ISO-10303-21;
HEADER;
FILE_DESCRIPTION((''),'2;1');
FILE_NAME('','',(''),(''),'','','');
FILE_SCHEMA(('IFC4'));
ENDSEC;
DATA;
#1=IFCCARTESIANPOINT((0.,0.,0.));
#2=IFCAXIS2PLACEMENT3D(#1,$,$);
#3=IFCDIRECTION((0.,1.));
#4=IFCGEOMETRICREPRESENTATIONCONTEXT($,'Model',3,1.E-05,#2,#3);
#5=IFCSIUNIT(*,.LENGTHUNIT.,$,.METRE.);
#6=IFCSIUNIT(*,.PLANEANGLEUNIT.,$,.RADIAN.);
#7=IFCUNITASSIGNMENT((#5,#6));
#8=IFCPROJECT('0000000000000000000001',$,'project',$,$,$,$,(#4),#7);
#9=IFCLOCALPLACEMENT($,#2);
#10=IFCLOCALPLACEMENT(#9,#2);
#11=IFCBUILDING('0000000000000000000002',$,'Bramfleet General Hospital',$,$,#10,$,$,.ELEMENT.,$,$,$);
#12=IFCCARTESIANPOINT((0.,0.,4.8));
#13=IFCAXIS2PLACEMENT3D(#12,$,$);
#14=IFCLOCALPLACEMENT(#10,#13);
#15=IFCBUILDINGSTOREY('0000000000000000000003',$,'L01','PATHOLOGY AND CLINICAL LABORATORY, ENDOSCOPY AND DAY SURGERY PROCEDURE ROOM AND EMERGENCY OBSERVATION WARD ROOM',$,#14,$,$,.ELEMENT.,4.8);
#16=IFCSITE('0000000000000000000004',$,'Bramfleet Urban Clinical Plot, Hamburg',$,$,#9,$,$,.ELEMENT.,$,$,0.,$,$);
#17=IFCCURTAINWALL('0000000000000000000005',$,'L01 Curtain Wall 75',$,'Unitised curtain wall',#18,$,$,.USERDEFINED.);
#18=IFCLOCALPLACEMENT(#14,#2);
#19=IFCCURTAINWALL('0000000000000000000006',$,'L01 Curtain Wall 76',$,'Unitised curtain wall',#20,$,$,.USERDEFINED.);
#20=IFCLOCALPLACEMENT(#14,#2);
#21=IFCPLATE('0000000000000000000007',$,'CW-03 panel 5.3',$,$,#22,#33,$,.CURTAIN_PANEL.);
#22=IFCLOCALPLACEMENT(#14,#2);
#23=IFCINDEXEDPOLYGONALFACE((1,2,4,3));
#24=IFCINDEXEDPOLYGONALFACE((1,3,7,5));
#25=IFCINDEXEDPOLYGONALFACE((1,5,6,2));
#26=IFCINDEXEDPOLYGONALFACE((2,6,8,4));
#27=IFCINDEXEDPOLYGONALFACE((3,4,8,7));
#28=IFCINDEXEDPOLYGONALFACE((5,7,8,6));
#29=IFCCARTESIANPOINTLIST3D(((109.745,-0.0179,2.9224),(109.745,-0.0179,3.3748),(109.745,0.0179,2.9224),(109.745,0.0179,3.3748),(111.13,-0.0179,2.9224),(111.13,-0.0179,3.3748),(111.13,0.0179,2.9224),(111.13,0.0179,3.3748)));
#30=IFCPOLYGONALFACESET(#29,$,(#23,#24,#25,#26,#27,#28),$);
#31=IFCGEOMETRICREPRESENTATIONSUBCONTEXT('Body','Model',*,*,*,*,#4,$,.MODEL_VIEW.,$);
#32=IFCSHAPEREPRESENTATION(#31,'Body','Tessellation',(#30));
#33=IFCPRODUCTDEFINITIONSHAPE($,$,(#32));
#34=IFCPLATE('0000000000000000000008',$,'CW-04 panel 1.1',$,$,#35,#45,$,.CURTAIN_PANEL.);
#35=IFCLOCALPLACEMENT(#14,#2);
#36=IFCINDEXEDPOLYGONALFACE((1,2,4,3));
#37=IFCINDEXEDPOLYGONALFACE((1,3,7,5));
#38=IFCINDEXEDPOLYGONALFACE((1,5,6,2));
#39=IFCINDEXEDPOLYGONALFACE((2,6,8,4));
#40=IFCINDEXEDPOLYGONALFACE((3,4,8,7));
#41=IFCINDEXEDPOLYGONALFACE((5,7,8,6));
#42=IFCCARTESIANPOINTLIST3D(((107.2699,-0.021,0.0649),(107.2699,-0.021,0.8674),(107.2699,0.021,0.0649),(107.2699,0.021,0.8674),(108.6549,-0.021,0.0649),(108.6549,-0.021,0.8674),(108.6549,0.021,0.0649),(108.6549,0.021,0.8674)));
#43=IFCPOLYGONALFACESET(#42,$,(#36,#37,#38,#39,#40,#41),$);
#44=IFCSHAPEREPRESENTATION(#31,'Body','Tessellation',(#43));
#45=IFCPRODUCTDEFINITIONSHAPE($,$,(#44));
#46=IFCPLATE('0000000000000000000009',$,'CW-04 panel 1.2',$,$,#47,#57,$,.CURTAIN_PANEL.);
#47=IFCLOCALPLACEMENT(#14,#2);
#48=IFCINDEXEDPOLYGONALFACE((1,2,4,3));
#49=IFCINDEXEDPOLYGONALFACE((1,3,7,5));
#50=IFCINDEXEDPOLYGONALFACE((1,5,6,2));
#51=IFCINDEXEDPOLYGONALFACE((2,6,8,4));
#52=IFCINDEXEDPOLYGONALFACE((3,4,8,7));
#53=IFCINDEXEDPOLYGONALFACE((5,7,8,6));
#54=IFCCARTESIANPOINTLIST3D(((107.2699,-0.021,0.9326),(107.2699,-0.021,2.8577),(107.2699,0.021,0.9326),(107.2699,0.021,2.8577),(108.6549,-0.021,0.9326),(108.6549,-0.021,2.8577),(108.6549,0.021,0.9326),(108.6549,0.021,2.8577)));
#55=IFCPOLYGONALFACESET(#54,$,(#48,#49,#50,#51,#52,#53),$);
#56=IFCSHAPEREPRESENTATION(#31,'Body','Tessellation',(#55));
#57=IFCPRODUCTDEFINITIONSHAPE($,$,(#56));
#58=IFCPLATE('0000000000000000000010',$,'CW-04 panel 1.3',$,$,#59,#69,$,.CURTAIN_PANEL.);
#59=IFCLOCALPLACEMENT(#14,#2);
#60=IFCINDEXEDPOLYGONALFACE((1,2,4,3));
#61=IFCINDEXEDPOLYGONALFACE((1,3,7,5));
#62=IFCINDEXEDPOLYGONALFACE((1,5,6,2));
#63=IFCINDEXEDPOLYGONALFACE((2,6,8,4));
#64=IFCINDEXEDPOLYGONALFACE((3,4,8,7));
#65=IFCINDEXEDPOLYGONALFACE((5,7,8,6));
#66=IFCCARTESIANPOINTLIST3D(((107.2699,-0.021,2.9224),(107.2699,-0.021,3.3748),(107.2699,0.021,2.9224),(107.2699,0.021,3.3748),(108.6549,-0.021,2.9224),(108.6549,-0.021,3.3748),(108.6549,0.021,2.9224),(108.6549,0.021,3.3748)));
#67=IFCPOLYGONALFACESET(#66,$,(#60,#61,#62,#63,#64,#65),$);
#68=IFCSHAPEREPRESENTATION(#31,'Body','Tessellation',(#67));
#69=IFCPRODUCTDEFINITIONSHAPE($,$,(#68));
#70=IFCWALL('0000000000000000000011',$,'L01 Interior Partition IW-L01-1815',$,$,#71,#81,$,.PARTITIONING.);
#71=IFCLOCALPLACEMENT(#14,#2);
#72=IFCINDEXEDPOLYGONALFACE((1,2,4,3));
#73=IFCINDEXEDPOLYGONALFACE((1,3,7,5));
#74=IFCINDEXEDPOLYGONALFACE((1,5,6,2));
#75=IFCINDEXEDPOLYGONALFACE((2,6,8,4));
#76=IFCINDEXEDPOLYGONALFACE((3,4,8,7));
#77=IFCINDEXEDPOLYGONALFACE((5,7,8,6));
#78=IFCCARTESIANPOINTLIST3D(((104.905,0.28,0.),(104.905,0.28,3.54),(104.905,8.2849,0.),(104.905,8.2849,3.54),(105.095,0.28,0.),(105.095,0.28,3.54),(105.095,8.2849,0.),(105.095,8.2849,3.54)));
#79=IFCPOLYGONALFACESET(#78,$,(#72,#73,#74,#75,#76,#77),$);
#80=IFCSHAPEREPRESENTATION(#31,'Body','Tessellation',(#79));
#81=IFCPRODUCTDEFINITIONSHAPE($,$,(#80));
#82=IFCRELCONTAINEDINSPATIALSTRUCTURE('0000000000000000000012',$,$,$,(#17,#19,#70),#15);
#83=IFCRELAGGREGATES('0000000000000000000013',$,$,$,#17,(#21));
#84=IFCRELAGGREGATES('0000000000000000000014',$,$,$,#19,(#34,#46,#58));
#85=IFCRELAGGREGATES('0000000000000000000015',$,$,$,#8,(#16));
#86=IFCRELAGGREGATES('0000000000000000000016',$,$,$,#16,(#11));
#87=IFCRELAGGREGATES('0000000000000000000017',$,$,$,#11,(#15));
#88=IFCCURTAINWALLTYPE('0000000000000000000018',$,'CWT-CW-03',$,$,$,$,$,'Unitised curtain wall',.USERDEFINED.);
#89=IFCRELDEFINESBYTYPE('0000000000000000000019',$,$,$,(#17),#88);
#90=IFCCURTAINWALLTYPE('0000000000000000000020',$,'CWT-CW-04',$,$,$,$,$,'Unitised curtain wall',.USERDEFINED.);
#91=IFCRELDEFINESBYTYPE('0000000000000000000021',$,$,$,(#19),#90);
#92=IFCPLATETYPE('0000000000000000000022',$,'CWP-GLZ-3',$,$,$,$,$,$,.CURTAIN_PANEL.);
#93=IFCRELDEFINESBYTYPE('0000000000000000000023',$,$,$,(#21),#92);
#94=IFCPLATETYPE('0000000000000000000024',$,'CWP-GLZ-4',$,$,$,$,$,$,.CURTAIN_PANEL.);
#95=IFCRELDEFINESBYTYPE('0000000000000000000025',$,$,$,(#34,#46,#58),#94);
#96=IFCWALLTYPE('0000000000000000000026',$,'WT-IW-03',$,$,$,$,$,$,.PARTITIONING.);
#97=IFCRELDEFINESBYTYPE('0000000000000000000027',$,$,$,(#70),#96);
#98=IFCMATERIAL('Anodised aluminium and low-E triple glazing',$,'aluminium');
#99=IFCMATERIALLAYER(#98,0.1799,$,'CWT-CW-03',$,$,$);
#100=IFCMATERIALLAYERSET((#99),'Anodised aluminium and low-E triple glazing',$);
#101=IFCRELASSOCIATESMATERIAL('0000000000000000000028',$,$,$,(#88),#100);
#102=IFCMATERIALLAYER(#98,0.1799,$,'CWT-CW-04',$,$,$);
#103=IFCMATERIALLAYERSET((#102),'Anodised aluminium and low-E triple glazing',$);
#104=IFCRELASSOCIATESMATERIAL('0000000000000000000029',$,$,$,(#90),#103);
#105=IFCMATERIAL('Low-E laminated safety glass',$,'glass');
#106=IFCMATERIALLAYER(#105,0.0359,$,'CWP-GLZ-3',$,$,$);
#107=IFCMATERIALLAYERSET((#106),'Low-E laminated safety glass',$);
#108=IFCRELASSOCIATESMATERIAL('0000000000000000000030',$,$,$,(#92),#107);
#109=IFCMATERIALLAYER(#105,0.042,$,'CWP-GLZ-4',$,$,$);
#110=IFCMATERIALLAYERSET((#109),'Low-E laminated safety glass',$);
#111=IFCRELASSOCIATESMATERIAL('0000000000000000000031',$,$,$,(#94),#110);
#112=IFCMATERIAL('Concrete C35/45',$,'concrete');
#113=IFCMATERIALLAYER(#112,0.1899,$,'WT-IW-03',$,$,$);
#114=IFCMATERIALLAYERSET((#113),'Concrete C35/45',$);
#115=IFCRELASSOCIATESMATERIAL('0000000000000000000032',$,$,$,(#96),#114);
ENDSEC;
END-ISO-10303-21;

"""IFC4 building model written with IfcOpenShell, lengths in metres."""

from ifc_helpers import new_model, si_unit, direction, frame, frame_2d, origin, origin_2d, place, context, subcontext, project, spatial, rectangle, extrude, material, layer, layer_set, type_object, element, aggregate, save


model = new_model("IFC4")

# Units and contexts
model_context = context("Model", 3, precision=1e-05, world=origin(), true_north=direction((0.0, 1.0)))
body_context = subcontext(model_context, "Body", "Model", "MODEL_VIEW")
ifc_project = project(units=[si_unit("LENGTHUNIT", "METRE"), si_unit("PLANEANGLEUNIT", "RADIAN")], contexts=[model_context])

# Site, building, storey
site_placement = place(None, origin())
site = spatial("IfcSite", under=ifc_project, at=site_placement, Name="Bramfleet Urban Clinical Plot, Hamburg", CompositionType="ELEMENT", RefElevation=0.0)
building_placement = place(site_placement, origin())
building = spatial("IfcBuilding", under=site, at=building_placement, Name="Bramfleet General Hospital", CompositionType="ELEMENT")
storey_placement = place(building_placement, frame((0.0, 0.0, 4.8)))
storey = spatial("IfcBuildingStorey", under=building, at=storey_placement, Name="L01", Description="PATHOLOGY AND CLINICAL LABORATORY, ENDOSCOPY AND DAY SURGERY PROCEDURE ROOM AND EMERGENCY OBSERVATION WARD ROOM", CompositionType="ELEMENT", Elevation=4.8)

# Shared definitions
ifc_material_1 = material(Name="Concrete C35/45", Category="concrete")

# Curtain wall
ifc_material_2 = material(Name="Anodised aluminium and low-E triple glazing", Category="aluminium")
ifc_layer_1 = layer(ifc_material_2, 0.1799, Name="CWT-CW-03")
ifc_layer_set_1 = layer_set([ifc_layer_1], Name="Anodised aluminium and low-E triple glazing")
curtain_wall_type_1 = type_object("IfcCurtainWallType", Name="CWT-CW-03", ElementType="Unitised curtain wall", PredefinedType="USERDEFINED", material=ifc_layer_set_1)
curtain_wall_1_placement = place(storey_placement, origin())
curtain_wall_1 = element("IfcCurtainWall", 1, at=curtain_wall_1_placement, inside=storey, type_object=curtain_wall_type_1, Name="L01 Curtain Wall 75", ObjectType="Unitised curtain wall", PredefinedType="USERDEFINED")

# Curtain wall
ifc_layer_2 = layer(ifc_material_2, 0.1799, Name="CWT-CW-04")
ifc_layer_set_2 = layer_set([ifc_layer_2], Name="Anodised aluminium and low-E triple glazing")
curtain_wall_type_2 = type_object("IfcCurtainWallType", Name="CWT-CW-04", ElementType="Unitised curtain wall", PredefinedType="USERDEFINED", material=ifc_layer_set_2)
curtain_wall_2_placement = place(storey_placement, origin())
curtain_wall_2 = element("IfcCurtainWall", 2, at=curtain_wall_2_placement, inside=storey, type_object=curtain_wall_type_2, Name="L01 Curtain Wall 76", ObjectType="Unitised curtain wall", PredefinedType="USERDEFINED")

# Plates
ifc_material_3 = material(Name="Low-E laminated safety glass", Category="glass")
ifc_layer_3 = layer(ifc_material_3, 0.0359, Name="CWP-GLZ-3")
ifc_layer_set_3 = layer_set([ifc_layer_3], Name="Low-E laminated safety glass")
plate_type_1 = type_object("IfcPlateType", Name="CWP-GLZ-3", PredefinedType="CURTAIN_PANEL", material=ifc_layer_set_3)
plate_1_placement = place(storey_placement, frame((110.4375, 0.0, 2.9224), z_axis=(0.0, 0.0, 1.0), x_axis=(-1.0, 0.0, 0.0)))
plate_1 = element("IfcPlate", 3, at=plate_1_placement, type_object=plate_type_1, Name="CW-03 panel 5.3", PredefinedType="CURTAIN_PANEL", context=body_context, shape_type="SweptSolid", body=[
    extrude(rectangle(XDim=1.385, YDim=0.0359, at=origin_2d()), origin(), (0.0, 0.0, 1.0), 0.4524),
])
aggregate(curtain_wall_1, [plate_1])
ifc_layer_4 = layer(ifc_material_3, 0.042, Name="CWP-GLZ-4")
ifc_layer_set_4 = layer_set([ifc_layer_4], Name="Low-E laminated safety glass")
plate_type_2 = type_object("IfcPlateType", Name="CWP-GLZ-4", PredefinedType="CURTAIN_PANEL", material=ifc_layer_set_4)
plate_2_placement = place(storey_placement, frame((107.9624, 0.0, 0.0649), z_axis=(0.0, 0.0, 1.0), x_axis=(-1.0, 0.0, 0.0)))
plate_2 = element("IfcPlate", 4, at=plate_2_placement, type_object=plate_type_2, Name="CW-04 panel 1.1", PredefinedType="CURTAIN_PANEL", context=body_context, shape_type="SweptSolid", body=[
    extrude(rectangle(XDim=1.385, YDim=0.042, at=origin_2d()), origin(), (0.0, 0.0, 1.0), 0.8025),
])
plate_3_placement = place(storey_placement, frame((107.9624, 0.0, 0.9326), z_axis=(0.0, 0.0, 1.0), x_axis=(-1.0, 0.0, 0.0)))
plate_3 = element("IfcPlate", 5, at=plate_3_placement, type_object=plate_type_2, Name="CW-04 panel 1.2", PredefinedType="CURTAIN_PANEL", context=body_context, shape_type="SweptSolid", body=[
    extrude(rectangle(XDim=1.385, YDim=0.042, at=origin_2d()), origin(), (0.0, 0.0, 1.0), 1.925),
])
plate_4_placement = place(storey_placement, frame((107.9624, 0.0, 2.9224), z_axis=(0.0, 0.0, 1.0), x_axis=(-1.0, 0.0, 0.0)))
plate_4 = element("IfcPlate", 6, at=plate_4_placement, type_object=plate_type_2, Name="CW-04 panel 1.3", PredefinedType="CURTAIN_PANEL", context=body_context, shape_type="SweptSolid", body=[
    extrude(rectangle(XDim=1.385, YDim=0.042, at=origin_2d()), origin(), (0.0, 0.0, 1.0), 0.4524),
])
aggregate(curtain_wall_2, [plate_2, plate_3, plate_4])

# Wall
ifc_layer_5 = layer(ifc_material_1, 0.1899, Name="WT-IW-03")
ifc_layer_set_5 = layer_set([ifc_layer_5], Name="Concrete C35/45")
wall_type = type_object("IfcWallType", Name="WT-IW-03", PredefinedType="PARTITIONING", material=ifc_layer_set_5)
wall_placement = place(storey_placement, frame((105.0, 0.28, 0.0), z_axis=(0.0, 0.0, 1.0), x_axis=(0.0, 1.0, 0.0)))
element("IfcWall", 7, at=wall_placement, inside=storey, type_object=wall_type, Name="L01 Interior Partition IW-L01-1815", PredefinedType="PARTITIONING", context=body_context, shape_type="SweptSolid", body=[
    extrude(rectangle(XDim=8.0049, YDim=0.1899, at=frame_2d((4.0024, 0.0))), origin(), (0.0, 0.0, 1.0), 3.54),
])

save(model, "model.ifc")
